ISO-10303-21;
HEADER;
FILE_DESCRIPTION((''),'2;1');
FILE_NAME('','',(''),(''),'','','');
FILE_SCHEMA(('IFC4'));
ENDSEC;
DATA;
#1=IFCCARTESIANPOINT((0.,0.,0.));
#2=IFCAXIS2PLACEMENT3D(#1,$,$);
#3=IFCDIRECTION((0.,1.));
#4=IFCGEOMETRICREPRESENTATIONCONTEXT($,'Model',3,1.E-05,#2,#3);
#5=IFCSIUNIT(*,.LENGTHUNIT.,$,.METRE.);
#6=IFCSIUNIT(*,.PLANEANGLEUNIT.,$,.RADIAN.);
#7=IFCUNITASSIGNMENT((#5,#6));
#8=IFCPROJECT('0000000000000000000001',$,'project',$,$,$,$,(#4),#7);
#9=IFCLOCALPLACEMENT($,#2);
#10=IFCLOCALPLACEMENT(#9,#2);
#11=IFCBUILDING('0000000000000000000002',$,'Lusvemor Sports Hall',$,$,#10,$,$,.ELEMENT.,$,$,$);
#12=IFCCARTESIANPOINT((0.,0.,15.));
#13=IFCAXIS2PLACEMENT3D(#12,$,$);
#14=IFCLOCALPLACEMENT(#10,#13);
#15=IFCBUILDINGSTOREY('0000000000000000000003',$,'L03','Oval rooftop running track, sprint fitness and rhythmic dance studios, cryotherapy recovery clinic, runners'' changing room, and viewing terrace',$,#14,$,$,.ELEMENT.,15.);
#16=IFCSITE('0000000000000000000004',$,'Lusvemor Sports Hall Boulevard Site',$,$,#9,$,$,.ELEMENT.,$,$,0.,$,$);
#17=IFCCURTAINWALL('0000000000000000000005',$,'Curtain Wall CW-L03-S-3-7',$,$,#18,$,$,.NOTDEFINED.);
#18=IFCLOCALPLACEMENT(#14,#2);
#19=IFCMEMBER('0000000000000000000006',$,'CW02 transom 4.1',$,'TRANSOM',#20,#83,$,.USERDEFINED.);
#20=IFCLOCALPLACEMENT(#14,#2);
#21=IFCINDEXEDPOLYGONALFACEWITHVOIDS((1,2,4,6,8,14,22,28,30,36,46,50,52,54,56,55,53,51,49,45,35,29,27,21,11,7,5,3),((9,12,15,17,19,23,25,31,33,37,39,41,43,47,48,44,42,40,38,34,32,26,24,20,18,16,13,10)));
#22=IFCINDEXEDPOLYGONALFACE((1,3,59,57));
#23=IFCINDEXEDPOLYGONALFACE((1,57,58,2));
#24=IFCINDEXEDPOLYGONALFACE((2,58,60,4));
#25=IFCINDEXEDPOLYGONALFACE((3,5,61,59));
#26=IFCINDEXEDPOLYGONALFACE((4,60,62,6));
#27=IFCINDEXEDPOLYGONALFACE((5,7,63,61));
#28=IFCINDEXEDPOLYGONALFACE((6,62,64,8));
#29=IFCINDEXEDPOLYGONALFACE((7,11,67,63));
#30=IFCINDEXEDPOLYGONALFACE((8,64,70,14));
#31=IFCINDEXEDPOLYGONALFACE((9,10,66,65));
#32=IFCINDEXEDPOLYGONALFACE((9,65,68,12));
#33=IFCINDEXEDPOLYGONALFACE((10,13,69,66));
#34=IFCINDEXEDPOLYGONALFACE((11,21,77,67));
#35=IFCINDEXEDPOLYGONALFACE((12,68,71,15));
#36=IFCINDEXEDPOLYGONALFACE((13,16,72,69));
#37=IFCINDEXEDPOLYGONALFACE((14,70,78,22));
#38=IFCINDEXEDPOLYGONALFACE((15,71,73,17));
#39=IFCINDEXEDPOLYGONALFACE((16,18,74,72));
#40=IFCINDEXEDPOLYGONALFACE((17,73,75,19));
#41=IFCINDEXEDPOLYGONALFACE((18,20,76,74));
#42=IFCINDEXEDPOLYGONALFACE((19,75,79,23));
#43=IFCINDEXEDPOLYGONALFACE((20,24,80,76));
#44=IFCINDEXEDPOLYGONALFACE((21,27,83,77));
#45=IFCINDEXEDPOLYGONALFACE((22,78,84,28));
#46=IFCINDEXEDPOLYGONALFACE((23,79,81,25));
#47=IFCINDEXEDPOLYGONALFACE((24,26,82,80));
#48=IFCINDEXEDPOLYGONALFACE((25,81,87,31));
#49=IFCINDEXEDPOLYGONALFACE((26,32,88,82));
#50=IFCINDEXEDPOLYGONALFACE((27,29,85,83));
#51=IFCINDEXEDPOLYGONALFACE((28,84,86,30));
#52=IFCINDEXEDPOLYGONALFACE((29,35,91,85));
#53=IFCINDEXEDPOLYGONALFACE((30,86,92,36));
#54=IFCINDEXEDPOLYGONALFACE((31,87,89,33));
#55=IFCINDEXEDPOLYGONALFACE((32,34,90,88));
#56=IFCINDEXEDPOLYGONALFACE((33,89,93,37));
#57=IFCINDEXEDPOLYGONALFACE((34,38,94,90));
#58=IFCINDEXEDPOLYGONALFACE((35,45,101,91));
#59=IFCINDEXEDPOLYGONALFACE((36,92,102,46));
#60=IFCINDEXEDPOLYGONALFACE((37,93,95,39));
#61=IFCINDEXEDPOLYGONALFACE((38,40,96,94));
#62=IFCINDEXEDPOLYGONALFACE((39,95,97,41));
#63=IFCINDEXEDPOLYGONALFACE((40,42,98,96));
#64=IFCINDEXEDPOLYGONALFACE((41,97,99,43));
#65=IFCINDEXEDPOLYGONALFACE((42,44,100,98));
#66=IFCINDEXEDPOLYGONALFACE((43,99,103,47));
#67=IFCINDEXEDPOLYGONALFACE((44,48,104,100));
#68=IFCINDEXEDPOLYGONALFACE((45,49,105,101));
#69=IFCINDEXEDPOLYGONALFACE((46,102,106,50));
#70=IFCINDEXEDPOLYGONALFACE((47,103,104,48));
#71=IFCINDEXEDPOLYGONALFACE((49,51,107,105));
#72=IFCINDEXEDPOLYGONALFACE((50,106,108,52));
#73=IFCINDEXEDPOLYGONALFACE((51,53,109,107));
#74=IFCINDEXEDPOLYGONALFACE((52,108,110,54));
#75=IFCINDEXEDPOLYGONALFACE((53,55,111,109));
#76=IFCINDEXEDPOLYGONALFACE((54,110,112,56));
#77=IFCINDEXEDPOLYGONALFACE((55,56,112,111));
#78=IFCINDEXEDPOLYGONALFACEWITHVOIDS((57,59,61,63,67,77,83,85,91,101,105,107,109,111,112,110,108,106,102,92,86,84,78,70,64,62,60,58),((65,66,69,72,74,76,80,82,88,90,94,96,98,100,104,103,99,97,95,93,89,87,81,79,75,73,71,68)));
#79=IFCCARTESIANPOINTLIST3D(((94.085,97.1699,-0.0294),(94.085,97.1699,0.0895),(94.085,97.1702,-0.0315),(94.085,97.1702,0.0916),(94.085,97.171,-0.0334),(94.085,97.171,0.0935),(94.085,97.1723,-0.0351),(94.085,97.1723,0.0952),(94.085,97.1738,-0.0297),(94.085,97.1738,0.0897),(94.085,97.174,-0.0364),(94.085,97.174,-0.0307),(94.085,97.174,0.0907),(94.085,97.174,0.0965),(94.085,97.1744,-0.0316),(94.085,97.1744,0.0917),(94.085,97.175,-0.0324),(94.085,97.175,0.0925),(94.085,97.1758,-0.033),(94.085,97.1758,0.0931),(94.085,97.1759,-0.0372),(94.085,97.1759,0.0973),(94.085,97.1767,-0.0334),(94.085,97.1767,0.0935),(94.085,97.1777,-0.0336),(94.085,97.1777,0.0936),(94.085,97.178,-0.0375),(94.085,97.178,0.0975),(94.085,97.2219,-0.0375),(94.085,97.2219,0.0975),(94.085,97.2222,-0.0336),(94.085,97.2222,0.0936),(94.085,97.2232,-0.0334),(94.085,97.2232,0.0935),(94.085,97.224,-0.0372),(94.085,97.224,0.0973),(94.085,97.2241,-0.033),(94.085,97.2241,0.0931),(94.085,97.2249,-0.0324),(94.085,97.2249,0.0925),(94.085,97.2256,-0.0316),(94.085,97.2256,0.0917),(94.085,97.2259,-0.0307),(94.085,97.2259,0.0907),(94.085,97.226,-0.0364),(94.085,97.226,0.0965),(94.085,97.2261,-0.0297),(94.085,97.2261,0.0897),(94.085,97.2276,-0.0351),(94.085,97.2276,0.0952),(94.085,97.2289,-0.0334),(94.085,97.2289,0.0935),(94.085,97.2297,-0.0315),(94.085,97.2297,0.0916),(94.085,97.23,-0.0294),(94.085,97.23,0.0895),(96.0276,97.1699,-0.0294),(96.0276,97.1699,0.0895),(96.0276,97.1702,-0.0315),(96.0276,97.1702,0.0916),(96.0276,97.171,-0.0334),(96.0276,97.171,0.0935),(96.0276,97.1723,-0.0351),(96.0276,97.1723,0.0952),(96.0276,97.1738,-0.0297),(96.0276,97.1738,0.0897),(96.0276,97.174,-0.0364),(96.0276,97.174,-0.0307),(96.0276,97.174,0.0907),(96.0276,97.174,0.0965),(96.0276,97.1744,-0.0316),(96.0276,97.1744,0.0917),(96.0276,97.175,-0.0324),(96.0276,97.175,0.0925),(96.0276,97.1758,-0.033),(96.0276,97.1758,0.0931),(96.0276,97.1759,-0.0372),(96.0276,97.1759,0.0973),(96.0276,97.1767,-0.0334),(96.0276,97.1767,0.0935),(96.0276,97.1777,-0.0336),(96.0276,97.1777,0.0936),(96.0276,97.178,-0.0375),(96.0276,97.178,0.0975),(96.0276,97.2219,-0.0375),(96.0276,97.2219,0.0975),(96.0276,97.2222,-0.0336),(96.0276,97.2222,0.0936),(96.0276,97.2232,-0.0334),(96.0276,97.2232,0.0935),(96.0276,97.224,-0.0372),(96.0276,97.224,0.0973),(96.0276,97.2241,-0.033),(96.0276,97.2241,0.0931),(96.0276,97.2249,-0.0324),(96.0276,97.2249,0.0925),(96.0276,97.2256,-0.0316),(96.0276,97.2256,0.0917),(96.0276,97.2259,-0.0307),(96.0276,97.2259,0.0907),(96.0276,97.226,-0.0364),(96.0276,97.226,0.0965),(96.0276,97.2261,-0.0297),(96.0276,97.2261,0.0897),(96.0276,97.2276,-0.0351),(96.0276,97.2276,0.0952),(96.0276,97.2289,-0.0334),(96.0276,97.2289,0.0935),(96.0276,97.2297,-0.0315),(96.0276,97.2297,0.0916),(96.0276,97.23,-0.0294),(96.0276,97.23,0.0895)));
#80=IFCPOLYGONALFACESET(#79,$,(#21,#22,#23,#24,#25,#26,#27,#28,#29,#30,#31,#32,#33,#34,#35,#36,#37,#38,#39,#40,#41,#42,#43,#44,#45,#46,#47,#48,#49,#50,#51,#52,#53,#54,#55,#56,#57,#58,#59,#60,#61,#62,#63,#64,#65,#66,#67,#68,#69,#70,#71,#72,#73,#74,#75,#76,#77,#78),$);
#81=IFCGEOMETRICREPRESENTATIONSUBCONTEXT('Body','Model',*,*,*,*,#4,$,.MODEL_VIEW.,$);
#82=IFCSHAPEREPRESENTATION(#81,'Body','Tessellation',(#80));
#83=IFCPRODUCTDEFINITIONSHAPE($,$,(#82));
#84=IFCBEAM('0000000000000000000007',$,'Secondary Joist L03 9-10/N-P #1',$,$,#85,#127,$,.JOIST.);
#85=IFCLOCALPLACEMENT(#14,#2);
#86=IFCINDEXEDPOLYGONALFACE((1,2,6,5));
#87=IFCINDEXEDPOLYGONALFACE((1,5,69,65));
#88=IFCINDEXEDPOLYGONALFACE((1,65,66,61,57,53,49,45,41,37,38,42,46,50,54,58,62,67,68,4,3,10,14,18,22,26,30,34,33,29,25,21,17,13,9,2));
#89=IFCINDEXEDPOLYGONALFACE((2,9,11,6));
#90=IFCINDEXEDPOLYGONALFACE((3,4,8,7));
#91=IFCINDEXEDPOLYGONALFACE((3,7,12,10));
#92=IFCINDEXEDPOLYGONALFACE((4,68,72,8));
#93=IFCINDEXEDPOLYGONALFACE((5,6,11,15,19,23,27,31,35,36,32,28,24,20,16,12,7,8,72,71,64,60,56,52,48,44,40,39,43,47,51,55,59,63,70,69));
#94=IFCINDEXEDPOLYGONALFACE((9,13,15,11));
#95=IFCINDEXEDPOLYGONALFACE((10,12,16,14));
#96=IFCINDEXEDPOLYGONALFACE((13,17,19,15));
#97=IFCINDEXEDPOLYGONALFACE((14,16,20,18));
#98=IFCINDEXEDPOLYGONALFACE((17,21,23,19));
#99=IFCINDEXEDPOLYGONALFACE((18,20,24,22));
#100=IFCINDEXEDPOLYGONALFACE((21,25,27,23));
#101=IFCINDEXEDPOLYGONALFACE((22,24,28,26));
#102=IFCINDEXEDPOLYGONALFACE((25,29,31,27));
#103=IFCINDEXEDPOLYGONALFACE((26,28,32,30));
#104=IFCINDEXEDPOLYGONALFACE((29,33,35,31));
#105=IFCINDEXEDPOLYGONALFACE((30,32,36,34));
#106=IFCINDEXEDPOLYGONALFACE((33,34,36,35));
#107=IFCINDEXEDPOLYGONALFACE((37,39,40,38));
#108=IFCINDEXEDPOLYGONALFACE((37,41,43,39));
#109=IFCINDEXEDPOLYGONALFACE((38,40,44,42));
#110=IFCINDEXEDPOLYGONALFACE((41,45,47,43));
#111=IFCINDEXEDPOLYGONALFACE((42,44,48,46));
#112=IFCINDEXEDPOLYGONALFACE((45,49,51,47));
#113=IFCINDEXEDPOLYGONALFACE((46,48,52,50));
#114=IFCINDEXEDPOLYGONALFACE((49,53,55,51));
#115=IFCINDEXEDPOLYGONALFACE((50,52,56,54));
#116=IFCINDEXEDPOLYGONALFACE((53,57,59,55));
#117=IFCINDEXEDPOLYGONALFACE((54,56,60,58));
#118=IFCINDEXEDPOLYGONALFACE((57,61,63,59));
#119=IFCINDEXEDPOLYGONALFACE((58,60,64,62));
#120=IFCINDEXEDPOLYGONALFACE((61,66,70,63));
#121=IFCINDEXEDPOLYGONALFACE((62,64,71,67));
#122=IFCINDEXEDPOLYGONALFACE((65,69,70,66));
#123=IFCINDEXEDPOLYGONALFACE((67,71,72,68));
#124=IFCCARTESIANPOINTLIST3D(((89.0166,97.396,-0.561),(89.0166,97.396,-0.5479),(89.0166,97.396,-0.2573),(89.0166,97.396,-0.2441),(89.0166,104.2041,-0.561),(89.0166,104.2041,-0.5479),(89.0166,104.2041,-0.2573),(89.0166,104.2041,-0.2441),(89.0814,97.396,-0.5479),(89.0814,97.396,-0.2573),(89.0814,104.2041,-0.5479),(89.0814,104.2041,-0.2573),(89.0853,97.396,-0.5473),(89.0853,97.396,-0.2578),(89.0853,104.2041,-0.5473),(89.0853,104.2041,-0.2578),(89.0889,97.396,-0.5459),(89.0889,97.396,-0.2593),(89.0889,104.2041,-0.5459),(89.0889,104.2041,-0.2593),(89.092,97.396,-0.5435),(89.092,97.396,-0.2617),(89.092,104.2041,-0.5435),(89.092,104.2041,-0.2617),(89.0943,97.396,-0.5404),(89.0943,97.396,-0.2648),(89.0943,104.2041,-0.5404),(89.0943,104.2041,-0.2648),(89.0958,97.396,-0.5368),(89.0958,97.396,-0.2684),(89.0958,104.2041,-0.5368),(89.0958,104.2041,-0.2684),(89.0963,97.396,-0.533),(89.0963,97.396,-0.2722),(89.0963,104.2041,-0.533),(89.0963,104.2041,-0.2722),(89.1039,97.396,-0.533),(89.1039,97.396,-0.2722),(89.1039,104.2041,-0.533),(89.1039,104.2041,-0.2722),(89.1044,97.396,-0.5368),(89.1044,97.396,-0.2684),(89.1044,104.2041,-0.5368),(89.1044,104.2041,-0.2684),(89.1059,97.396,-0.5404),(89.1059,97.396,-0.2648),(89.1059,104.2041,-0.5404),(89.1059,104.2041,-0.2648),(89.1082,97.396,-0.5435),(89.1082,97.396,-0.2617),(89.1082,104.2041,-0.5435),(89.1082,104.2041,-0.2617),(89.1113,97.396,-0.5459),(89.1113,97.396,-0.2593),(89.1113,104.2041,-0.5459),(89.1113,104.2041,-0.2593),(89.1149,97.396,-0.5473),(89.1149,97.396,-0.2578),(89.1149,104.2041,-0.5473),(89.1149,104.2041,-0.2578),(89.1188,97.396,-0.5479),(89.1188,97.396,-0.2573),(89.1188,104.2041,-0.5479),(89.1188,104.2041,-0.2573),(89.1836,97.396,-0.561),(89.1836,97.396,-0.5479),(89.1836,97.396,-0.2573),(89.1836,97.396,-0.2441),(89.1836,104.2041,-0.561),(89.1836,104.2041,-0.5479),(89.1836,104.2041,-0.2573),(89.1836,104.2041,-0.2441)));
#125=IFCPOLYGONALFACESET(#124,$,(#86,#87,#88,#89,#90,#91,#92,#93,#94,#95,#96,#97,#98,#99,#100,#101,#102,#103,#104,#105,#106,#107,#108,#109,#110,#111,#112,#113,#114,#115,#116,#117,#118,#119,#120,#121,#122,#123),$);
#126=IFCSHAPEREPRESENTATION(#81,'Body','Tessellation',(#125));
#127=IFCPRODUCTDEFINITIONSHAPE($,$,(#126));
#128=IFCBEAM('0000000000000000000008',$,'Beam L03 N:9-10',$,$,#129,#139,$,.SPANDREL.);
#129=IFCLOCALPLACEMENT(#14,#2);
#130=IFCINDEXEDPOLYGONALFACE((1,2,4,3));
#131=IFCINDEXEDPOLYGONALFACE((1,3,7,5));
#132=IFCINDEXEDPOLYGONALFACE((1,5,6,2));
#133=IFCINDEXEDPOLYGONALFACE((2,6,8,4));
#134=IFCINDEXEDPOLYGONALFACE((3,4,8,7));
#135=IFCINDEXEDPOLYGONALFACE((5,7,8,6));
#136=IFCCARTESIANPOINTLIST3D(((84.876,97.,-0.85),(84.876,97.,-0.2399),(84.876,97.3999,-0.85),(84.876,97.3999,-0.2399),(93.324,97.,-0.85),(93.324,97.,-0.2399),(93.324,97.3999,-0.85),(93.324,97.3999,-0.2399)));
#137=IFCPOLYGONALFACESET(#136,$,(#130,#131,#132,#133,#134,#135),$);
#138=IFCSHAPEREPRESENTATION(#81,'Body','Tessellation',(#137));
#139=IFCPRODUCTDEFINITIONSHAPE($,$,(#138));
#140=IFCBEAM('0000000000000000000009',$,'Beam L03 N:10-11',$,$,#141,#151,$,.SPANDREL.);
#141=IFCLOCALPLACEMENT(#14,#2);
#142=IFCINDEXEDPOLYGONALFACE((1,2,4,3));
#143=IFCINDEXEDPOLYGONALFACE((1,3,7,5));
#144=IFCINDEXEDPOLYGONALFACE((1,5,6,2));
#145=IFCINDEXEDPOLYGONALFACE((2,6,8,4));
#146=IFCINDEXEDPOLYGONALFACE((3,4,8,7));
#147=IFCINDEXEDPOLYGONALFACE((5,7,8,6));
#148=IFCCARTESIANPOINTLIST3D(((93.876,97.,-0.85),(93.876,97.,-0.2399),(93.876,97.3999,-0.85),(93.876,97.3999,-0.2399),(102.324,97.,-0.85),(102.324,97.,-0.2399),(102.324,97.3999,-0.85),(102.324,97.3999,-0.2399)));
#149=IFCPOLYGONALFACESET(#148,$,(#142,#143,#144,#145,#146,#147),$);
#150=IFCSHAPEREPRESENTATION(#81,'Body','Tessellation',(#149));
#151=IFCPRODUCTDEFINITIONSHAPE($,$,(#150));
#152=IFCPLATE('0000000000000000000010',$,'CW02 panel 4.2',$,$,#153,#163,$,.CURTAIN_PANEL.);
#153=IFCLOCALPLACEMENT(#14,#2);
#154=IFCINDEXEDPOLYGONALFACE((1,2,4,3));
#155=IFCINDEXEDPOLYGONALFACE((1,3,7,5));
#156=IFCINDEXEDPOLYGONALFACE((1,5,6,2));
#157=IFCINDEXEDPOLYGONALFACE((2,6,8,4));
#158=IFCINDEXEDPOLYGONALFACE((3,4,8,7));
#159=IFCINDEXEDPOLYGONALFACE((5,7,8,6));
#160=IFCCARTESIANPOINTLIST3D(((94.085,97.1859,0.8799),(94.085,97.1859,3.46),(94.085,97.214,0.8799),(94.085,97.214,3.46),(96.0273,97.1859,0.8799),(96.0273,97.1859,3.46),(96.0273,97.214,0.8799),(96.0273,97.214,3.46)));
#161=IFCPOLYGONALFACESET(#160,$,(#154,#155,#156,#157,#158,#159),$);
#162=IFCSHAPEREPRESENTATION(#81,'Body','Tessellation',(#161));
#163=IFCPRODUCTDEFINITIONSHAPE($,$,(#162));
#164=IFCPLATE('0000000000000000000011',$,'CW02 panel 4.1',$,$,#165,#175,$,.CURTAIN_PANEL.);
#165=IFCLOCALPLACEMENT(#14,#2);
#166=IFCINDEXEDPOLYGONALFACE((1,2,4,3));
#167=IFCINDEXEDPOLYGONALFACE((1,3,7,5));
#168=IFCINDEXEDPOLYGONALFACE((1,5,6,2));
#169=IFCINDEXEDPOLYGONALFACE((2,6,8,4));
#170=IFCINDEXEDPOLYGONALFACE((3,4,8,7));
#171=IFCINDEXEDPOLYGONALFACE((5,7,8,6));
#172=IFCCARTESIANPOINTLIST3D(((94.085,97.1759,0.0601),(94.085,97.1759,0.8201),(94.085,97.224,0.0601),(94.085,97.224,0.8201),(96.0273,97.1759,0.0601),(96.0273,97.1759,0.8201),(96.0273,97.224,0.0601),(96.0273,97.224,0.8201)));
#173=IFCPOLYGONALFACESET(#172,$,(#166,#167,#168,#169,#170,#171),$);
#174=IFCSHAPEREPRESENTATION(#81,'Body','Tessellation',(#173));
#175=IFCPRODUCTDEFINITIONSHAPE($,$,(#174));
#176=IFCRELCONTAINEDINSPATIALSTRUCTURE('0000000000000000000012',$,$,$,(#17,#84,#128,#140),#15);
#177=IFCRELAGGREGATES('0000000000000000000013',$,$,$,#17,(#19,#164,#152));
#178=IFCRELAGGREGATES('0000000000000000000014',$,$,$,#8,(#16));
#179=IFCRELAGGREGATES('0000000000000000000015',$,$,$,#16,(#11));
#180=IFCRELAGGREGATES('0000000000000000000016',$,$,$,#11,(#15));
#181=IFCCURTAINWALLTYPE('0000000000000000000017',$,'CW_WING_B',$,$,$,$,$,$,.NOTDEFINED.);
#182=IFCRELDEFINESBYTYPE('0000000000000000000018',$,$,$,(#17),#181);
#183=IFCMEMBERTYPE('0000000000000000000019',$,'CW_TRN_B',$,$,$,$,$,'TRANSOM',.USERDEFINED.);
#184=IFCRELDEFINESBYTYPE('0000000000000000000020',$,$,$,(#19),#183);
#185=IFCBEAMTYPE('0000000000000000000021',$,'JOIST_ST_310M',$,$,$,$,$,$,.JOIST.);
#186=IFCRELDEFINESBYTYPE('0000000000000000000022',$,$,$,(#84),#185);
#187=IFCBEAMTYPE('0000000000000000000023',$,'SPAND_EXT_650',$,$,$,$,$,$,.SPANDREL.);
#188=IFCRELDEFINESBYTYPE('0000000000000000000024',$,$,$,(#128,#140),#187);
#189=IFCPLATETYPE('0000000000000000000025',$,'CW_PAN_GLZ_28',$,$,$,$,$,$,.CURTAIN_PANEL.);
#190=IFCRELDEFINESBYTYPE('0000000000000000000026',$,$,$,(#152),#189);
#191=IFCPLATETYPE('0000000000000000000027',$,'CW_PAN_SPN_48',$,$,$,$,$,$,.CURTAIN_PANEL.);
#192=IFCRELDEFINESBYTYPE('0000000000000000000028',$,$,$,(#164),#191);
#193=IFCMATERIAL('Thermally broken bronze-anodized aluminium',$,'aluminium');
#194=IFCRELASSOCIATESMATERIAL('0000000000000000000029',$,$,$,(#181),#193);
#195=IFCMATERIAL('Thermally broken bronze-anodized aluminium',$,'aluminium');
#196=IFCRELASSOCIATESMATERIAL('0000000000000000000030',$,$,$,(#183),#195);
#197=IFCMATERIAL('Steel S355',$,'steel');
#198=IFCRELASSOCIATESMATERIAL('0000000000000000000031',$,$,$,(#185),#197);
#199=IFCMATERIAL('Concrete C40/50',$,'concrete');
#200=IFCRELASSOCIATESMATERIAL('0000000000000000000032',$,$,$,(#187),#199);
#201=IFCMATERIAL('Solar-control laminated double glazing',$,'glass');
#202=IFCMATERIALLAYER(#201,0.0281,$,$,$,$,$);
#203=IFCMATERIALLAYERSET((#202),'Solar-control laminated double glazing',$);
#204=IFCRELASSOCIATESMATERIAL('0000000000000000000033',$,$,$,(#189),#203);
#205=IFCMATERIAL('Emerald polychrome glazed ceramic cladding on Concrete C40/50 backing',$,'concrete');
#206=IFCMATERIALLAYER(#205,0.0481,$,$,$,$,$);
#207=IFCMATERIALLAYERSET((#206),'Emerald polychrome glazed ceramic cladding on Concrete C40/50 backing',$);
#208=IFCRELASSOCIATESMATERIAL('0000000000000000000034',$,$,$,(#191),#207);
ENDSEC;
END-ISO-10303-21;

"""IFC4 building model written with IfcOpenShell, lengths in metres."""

from ifc_helpers import new_model, si_unit, direction, frame, origin, origin_2d, place, context, subcontext, project, spatial, rectangle, hollow_rectangle, i_section, extrude, material, layer, layer_set, material_profile, profile_set, type_object, element, aggregate, save


model = new_model("IFC4")

# Units and contexts
model_context = context("Model", 3, precision=1e-05, world=origin(), true_north=direction((0.0, 1.0)))
body_context = subcontext(model_context, "Body", "Model", "MODEL_VIEW")
ifc_project = project(units=[si_unit("LENGTHUNIT", "METRE"), si_unit("PLANEANGLEUNIT", "RADIAN")], contexts=[model_context])

# Site, building, storey
site_placement = place(None, origin())
site = spatial("IfcSite", under=ifc_project, at=site_placement, Name="Lusvemor Sports Hall Boulevard Site", CompositionType="ELEMENT", RefElevation=0.0)
building_placement = place(site_placement, origin())
building = spatial("IfcBuilding", under=site, at=building_placement, Name="Lusvemor Sports Hall", CompositionType="ELEMENT")
storey_placement = place(building_placement, frame((0.0, 0.0, 15.0)))
storey = spatial("IfcBuildingStorey", under=building, at=storey_placement, Name="L03", Description="Oval rooftop running track, sprint fitness and rhythmic dance studios, cryotherapy recovery clinic, runners' changing room, and viewing terrace", CompositionType="ELEMENT", Elevation=15.0)

# Curtain wall, member
ifc_material_1 = material(Name="Thermally broken bronze-anodized aluminium", Category="aluminium")
curtain_wall_type = type_object("IfcCurtainWallType", Name="CW_WING_B", PredefinedType="NOTDEFINED", material=ifc_material_1)
curtain_wall_placement = place(storey_placement, origin())
curtain_wall = element("IfcCurtainWall", 1, at=curtain_wall_placement, inside=storey, type_object=curtain_wall_type, Name="Curtain Wall CW-L03-S-3-7", PredefinedType="NOTDEFINED")
ifc_material_2 = material(Name="Thermally broken bronze-anodized aluminium", Category="aluminium")
ifc_material_profile_1 = material_profile(ifc_material_2, hollow_rectangle(XDim=0.0601, YDim=0.135, WallThickness=0.0039, InnerFilletRadius=0.0039, OuterFilletRadius=0.0081, at=origin_2d()), Name="CWTRN135x60x4")
ifc_profile_set_1 = profile_set([ifc_material_profile_1], Name="Thermally broken bronze-anodized aluminium")
member_type_1 = type_object("IfcMemberType", Name="CW_TRN_B", ElementType="TRANSOM", PredefinedType="USERDEFINED", material=ifc_profile_set_1)
member_1_placement = place(storey_placement, frame((96.0276, 97.2, 0.03), z_axis=(-1.0, 0.0, 0.0), x_axis=(0.0, -1.0, 0.0)))
member_1 = element("IfcMember", 2, at=member_1_placement, type_object=member_type_1, Name="CW02 transom 4.1", ObjectType="TRANSOM", PredefinedType="USERDEFINED", context=body_context, shape_type="SweptSolid", body=[
    extrude(hollow_rectangle(XDim=0.0601, YDim=0.135, WallThickness=0.0039, InnerFilletRadius=0.0039, OuterFilletRadius=0.0081, at=origin_2d()), origin(), (0.0, 0.0, 1.0), 1.9426),
])

# Beams
ifc_material_3 = material(Name="Steel S355", Category="steel")
ifc_material_profile_2 = material_profile(ifc_material_3, i_section(OverallWidth=0.167, OverallDepth=0.3169, WebThickness=0.0076, FlangeThickness=0.0132, FilletRadius=0.0149, at=origin_2d()), Name="W310x52.0")
ifc_profile_set_2 = profile_set([ifc_material_profile_2], Name="Steel S355")
beam_type_1 = type_object("IfcBeamType", Name="JOIST_ST_310M", PredefinedType="JOIST", material=ifc_profile_set_2)
beam_1_placement = place(storey_placement, frame((89.1001, 97.396, -0.4026), z_axis=(0.0, 1.0, 0.0), x_axis=(-1.0, 0.0, 0.0)))
element("IfcBeam", 3, at=beam_1_placement, inside=storey, type_object=beam_type_1, Name="Secondary Joist L03 9-10/N-P #1", PredefinedType="JOIST", context=body_context, shape_type="SweptSolid", body=[
    extrude(i_section(OverallWidth=0.167, OverallDepth=0.3169, WebThickness=0.0076, FlangeThickness=0.0132, FilletRadius=0.0149, at=origin_2d()), origin(), (0.0, 0.0, 1.0), 6.8081),
])
ifc_material_4 = material(Name="Concrete C40/50", Category="concrete")
ifc_material_profile_3 = material_profile(ifc_material_4, rectangle(XDim=0.3999, YDim=0.6101, at=origin_2d()), Name="RC400x610")
ifc_profile_set_3 = profile_set([ifc_material_profile_3], Name="Concrete C40/50")
beam_type_2 = type_object("IfcBeamType", Name="SPAND_EXT_650", PredefinedType="SPANDREL", material=ifc_profile_set_3)
for number, where, z_axis, x_axis, name in (
    (4, (84.876, 97.2, -0.5449), (1.0, 0.0, 0.0), (0.0, 1.0, 0.0), "Beam L03 N:9-10"),
    (5, (93.876, 97.2, -0.5449), (1.0, 0.0, 0.0), (0.0, 1.0, 0.0), "Beam L03 N:10-11"),
):
    element("IfcBeam", number, at=place(storey_placement, frame(where, z_axis=z_axis, x_axis=x_axis)), inside=storey, type_object=beam_type_2, Name=name, PredefinedType="SPANDREL", context=body_context, shape_type="SweptSolid", body=[
        extrude(rectangle(XDim=0.3999, YDim=0.6101, at=origin_2d()), origin(), (0.0, 0.0, 1.0), 8.448),
    ])

# Plates
ifc_material_5 = material(Name="Solar-control laminated double glazing", Category="glass")
ifc_layer_1 = layer(ifc_material_5, 0.0281)
ifc_layer_set_1 = layer_set([ifc_layer_1], Name="Solar-control laminated double glazing")
plate_type_1 = type_object("IfcPlateType", Name="CW_PAN_GLZ_28", PredefinedType="CURTAIN_PANEL", material=ifc_layer_set_1)
plate_1_placement = place(storey_placement, frame((95.0562, 97.2, 0.8799), z_axis=(0.0, 0.0, 1.0), x_axis=(-1.0, 0.0, 0.0)))
plate_1 = element("IfcPlate", 6, at=plate_1_placement, type_object=plate_type_1, Name="CW02 panel 4.2", PredefinedType="CURTAIN_PANEL", context=body_context, shape_type="SweptSolid", body=[
    extrude(rectangle(XDim=1.9424, YDim=0.0281, at=origin_2d()), origin(), (0.0, 0.0, 1.0), 2.5801),
])
ifc_material_6 = material(Name="Emerald polychrome glazed ceramic cladding on Concrete C40/50 backing", Category="concrete")
ifc_layer_2 = layer(ifc_material_6, 0.0481)
ifc_layer_set_2 = layer_set([ifc_layer_2], Name="Emerald polychrome glazed ceramic cladding on Concrete C40/50 backing")
plate_type_2 = type_object("IfcPlateType", Name="CW_PAN_SPN_48", PredefinedType="CURTAIN_PANEL", material=ifc_layer_set_2)
plate_2_placement = place(storey_placement, frame((95.0562, 97.2, 0.0601), z_axis=(0.0, 0.0, 1.0), x_axis=(-1.0, 0.0, 0.0)))
plate_2 = element("IfcPlate", 7, at=plate_2_placement, type_object=plate_type_2, Name="CW02 panel 4.1", PredefinedType="CURTAIN_PANEL", context=body_context, shape_type="SweptSolid", body=[
    extrude(rectangle(XDim=1.9424, YDim=0.0481, at=origin_2d()), origin(), (0.0, 0.0, 1.0), 0.76),
])
aggregate(curtain_wall, [member_1, plate_2, plate_1])

save(model, "model.ifc")
